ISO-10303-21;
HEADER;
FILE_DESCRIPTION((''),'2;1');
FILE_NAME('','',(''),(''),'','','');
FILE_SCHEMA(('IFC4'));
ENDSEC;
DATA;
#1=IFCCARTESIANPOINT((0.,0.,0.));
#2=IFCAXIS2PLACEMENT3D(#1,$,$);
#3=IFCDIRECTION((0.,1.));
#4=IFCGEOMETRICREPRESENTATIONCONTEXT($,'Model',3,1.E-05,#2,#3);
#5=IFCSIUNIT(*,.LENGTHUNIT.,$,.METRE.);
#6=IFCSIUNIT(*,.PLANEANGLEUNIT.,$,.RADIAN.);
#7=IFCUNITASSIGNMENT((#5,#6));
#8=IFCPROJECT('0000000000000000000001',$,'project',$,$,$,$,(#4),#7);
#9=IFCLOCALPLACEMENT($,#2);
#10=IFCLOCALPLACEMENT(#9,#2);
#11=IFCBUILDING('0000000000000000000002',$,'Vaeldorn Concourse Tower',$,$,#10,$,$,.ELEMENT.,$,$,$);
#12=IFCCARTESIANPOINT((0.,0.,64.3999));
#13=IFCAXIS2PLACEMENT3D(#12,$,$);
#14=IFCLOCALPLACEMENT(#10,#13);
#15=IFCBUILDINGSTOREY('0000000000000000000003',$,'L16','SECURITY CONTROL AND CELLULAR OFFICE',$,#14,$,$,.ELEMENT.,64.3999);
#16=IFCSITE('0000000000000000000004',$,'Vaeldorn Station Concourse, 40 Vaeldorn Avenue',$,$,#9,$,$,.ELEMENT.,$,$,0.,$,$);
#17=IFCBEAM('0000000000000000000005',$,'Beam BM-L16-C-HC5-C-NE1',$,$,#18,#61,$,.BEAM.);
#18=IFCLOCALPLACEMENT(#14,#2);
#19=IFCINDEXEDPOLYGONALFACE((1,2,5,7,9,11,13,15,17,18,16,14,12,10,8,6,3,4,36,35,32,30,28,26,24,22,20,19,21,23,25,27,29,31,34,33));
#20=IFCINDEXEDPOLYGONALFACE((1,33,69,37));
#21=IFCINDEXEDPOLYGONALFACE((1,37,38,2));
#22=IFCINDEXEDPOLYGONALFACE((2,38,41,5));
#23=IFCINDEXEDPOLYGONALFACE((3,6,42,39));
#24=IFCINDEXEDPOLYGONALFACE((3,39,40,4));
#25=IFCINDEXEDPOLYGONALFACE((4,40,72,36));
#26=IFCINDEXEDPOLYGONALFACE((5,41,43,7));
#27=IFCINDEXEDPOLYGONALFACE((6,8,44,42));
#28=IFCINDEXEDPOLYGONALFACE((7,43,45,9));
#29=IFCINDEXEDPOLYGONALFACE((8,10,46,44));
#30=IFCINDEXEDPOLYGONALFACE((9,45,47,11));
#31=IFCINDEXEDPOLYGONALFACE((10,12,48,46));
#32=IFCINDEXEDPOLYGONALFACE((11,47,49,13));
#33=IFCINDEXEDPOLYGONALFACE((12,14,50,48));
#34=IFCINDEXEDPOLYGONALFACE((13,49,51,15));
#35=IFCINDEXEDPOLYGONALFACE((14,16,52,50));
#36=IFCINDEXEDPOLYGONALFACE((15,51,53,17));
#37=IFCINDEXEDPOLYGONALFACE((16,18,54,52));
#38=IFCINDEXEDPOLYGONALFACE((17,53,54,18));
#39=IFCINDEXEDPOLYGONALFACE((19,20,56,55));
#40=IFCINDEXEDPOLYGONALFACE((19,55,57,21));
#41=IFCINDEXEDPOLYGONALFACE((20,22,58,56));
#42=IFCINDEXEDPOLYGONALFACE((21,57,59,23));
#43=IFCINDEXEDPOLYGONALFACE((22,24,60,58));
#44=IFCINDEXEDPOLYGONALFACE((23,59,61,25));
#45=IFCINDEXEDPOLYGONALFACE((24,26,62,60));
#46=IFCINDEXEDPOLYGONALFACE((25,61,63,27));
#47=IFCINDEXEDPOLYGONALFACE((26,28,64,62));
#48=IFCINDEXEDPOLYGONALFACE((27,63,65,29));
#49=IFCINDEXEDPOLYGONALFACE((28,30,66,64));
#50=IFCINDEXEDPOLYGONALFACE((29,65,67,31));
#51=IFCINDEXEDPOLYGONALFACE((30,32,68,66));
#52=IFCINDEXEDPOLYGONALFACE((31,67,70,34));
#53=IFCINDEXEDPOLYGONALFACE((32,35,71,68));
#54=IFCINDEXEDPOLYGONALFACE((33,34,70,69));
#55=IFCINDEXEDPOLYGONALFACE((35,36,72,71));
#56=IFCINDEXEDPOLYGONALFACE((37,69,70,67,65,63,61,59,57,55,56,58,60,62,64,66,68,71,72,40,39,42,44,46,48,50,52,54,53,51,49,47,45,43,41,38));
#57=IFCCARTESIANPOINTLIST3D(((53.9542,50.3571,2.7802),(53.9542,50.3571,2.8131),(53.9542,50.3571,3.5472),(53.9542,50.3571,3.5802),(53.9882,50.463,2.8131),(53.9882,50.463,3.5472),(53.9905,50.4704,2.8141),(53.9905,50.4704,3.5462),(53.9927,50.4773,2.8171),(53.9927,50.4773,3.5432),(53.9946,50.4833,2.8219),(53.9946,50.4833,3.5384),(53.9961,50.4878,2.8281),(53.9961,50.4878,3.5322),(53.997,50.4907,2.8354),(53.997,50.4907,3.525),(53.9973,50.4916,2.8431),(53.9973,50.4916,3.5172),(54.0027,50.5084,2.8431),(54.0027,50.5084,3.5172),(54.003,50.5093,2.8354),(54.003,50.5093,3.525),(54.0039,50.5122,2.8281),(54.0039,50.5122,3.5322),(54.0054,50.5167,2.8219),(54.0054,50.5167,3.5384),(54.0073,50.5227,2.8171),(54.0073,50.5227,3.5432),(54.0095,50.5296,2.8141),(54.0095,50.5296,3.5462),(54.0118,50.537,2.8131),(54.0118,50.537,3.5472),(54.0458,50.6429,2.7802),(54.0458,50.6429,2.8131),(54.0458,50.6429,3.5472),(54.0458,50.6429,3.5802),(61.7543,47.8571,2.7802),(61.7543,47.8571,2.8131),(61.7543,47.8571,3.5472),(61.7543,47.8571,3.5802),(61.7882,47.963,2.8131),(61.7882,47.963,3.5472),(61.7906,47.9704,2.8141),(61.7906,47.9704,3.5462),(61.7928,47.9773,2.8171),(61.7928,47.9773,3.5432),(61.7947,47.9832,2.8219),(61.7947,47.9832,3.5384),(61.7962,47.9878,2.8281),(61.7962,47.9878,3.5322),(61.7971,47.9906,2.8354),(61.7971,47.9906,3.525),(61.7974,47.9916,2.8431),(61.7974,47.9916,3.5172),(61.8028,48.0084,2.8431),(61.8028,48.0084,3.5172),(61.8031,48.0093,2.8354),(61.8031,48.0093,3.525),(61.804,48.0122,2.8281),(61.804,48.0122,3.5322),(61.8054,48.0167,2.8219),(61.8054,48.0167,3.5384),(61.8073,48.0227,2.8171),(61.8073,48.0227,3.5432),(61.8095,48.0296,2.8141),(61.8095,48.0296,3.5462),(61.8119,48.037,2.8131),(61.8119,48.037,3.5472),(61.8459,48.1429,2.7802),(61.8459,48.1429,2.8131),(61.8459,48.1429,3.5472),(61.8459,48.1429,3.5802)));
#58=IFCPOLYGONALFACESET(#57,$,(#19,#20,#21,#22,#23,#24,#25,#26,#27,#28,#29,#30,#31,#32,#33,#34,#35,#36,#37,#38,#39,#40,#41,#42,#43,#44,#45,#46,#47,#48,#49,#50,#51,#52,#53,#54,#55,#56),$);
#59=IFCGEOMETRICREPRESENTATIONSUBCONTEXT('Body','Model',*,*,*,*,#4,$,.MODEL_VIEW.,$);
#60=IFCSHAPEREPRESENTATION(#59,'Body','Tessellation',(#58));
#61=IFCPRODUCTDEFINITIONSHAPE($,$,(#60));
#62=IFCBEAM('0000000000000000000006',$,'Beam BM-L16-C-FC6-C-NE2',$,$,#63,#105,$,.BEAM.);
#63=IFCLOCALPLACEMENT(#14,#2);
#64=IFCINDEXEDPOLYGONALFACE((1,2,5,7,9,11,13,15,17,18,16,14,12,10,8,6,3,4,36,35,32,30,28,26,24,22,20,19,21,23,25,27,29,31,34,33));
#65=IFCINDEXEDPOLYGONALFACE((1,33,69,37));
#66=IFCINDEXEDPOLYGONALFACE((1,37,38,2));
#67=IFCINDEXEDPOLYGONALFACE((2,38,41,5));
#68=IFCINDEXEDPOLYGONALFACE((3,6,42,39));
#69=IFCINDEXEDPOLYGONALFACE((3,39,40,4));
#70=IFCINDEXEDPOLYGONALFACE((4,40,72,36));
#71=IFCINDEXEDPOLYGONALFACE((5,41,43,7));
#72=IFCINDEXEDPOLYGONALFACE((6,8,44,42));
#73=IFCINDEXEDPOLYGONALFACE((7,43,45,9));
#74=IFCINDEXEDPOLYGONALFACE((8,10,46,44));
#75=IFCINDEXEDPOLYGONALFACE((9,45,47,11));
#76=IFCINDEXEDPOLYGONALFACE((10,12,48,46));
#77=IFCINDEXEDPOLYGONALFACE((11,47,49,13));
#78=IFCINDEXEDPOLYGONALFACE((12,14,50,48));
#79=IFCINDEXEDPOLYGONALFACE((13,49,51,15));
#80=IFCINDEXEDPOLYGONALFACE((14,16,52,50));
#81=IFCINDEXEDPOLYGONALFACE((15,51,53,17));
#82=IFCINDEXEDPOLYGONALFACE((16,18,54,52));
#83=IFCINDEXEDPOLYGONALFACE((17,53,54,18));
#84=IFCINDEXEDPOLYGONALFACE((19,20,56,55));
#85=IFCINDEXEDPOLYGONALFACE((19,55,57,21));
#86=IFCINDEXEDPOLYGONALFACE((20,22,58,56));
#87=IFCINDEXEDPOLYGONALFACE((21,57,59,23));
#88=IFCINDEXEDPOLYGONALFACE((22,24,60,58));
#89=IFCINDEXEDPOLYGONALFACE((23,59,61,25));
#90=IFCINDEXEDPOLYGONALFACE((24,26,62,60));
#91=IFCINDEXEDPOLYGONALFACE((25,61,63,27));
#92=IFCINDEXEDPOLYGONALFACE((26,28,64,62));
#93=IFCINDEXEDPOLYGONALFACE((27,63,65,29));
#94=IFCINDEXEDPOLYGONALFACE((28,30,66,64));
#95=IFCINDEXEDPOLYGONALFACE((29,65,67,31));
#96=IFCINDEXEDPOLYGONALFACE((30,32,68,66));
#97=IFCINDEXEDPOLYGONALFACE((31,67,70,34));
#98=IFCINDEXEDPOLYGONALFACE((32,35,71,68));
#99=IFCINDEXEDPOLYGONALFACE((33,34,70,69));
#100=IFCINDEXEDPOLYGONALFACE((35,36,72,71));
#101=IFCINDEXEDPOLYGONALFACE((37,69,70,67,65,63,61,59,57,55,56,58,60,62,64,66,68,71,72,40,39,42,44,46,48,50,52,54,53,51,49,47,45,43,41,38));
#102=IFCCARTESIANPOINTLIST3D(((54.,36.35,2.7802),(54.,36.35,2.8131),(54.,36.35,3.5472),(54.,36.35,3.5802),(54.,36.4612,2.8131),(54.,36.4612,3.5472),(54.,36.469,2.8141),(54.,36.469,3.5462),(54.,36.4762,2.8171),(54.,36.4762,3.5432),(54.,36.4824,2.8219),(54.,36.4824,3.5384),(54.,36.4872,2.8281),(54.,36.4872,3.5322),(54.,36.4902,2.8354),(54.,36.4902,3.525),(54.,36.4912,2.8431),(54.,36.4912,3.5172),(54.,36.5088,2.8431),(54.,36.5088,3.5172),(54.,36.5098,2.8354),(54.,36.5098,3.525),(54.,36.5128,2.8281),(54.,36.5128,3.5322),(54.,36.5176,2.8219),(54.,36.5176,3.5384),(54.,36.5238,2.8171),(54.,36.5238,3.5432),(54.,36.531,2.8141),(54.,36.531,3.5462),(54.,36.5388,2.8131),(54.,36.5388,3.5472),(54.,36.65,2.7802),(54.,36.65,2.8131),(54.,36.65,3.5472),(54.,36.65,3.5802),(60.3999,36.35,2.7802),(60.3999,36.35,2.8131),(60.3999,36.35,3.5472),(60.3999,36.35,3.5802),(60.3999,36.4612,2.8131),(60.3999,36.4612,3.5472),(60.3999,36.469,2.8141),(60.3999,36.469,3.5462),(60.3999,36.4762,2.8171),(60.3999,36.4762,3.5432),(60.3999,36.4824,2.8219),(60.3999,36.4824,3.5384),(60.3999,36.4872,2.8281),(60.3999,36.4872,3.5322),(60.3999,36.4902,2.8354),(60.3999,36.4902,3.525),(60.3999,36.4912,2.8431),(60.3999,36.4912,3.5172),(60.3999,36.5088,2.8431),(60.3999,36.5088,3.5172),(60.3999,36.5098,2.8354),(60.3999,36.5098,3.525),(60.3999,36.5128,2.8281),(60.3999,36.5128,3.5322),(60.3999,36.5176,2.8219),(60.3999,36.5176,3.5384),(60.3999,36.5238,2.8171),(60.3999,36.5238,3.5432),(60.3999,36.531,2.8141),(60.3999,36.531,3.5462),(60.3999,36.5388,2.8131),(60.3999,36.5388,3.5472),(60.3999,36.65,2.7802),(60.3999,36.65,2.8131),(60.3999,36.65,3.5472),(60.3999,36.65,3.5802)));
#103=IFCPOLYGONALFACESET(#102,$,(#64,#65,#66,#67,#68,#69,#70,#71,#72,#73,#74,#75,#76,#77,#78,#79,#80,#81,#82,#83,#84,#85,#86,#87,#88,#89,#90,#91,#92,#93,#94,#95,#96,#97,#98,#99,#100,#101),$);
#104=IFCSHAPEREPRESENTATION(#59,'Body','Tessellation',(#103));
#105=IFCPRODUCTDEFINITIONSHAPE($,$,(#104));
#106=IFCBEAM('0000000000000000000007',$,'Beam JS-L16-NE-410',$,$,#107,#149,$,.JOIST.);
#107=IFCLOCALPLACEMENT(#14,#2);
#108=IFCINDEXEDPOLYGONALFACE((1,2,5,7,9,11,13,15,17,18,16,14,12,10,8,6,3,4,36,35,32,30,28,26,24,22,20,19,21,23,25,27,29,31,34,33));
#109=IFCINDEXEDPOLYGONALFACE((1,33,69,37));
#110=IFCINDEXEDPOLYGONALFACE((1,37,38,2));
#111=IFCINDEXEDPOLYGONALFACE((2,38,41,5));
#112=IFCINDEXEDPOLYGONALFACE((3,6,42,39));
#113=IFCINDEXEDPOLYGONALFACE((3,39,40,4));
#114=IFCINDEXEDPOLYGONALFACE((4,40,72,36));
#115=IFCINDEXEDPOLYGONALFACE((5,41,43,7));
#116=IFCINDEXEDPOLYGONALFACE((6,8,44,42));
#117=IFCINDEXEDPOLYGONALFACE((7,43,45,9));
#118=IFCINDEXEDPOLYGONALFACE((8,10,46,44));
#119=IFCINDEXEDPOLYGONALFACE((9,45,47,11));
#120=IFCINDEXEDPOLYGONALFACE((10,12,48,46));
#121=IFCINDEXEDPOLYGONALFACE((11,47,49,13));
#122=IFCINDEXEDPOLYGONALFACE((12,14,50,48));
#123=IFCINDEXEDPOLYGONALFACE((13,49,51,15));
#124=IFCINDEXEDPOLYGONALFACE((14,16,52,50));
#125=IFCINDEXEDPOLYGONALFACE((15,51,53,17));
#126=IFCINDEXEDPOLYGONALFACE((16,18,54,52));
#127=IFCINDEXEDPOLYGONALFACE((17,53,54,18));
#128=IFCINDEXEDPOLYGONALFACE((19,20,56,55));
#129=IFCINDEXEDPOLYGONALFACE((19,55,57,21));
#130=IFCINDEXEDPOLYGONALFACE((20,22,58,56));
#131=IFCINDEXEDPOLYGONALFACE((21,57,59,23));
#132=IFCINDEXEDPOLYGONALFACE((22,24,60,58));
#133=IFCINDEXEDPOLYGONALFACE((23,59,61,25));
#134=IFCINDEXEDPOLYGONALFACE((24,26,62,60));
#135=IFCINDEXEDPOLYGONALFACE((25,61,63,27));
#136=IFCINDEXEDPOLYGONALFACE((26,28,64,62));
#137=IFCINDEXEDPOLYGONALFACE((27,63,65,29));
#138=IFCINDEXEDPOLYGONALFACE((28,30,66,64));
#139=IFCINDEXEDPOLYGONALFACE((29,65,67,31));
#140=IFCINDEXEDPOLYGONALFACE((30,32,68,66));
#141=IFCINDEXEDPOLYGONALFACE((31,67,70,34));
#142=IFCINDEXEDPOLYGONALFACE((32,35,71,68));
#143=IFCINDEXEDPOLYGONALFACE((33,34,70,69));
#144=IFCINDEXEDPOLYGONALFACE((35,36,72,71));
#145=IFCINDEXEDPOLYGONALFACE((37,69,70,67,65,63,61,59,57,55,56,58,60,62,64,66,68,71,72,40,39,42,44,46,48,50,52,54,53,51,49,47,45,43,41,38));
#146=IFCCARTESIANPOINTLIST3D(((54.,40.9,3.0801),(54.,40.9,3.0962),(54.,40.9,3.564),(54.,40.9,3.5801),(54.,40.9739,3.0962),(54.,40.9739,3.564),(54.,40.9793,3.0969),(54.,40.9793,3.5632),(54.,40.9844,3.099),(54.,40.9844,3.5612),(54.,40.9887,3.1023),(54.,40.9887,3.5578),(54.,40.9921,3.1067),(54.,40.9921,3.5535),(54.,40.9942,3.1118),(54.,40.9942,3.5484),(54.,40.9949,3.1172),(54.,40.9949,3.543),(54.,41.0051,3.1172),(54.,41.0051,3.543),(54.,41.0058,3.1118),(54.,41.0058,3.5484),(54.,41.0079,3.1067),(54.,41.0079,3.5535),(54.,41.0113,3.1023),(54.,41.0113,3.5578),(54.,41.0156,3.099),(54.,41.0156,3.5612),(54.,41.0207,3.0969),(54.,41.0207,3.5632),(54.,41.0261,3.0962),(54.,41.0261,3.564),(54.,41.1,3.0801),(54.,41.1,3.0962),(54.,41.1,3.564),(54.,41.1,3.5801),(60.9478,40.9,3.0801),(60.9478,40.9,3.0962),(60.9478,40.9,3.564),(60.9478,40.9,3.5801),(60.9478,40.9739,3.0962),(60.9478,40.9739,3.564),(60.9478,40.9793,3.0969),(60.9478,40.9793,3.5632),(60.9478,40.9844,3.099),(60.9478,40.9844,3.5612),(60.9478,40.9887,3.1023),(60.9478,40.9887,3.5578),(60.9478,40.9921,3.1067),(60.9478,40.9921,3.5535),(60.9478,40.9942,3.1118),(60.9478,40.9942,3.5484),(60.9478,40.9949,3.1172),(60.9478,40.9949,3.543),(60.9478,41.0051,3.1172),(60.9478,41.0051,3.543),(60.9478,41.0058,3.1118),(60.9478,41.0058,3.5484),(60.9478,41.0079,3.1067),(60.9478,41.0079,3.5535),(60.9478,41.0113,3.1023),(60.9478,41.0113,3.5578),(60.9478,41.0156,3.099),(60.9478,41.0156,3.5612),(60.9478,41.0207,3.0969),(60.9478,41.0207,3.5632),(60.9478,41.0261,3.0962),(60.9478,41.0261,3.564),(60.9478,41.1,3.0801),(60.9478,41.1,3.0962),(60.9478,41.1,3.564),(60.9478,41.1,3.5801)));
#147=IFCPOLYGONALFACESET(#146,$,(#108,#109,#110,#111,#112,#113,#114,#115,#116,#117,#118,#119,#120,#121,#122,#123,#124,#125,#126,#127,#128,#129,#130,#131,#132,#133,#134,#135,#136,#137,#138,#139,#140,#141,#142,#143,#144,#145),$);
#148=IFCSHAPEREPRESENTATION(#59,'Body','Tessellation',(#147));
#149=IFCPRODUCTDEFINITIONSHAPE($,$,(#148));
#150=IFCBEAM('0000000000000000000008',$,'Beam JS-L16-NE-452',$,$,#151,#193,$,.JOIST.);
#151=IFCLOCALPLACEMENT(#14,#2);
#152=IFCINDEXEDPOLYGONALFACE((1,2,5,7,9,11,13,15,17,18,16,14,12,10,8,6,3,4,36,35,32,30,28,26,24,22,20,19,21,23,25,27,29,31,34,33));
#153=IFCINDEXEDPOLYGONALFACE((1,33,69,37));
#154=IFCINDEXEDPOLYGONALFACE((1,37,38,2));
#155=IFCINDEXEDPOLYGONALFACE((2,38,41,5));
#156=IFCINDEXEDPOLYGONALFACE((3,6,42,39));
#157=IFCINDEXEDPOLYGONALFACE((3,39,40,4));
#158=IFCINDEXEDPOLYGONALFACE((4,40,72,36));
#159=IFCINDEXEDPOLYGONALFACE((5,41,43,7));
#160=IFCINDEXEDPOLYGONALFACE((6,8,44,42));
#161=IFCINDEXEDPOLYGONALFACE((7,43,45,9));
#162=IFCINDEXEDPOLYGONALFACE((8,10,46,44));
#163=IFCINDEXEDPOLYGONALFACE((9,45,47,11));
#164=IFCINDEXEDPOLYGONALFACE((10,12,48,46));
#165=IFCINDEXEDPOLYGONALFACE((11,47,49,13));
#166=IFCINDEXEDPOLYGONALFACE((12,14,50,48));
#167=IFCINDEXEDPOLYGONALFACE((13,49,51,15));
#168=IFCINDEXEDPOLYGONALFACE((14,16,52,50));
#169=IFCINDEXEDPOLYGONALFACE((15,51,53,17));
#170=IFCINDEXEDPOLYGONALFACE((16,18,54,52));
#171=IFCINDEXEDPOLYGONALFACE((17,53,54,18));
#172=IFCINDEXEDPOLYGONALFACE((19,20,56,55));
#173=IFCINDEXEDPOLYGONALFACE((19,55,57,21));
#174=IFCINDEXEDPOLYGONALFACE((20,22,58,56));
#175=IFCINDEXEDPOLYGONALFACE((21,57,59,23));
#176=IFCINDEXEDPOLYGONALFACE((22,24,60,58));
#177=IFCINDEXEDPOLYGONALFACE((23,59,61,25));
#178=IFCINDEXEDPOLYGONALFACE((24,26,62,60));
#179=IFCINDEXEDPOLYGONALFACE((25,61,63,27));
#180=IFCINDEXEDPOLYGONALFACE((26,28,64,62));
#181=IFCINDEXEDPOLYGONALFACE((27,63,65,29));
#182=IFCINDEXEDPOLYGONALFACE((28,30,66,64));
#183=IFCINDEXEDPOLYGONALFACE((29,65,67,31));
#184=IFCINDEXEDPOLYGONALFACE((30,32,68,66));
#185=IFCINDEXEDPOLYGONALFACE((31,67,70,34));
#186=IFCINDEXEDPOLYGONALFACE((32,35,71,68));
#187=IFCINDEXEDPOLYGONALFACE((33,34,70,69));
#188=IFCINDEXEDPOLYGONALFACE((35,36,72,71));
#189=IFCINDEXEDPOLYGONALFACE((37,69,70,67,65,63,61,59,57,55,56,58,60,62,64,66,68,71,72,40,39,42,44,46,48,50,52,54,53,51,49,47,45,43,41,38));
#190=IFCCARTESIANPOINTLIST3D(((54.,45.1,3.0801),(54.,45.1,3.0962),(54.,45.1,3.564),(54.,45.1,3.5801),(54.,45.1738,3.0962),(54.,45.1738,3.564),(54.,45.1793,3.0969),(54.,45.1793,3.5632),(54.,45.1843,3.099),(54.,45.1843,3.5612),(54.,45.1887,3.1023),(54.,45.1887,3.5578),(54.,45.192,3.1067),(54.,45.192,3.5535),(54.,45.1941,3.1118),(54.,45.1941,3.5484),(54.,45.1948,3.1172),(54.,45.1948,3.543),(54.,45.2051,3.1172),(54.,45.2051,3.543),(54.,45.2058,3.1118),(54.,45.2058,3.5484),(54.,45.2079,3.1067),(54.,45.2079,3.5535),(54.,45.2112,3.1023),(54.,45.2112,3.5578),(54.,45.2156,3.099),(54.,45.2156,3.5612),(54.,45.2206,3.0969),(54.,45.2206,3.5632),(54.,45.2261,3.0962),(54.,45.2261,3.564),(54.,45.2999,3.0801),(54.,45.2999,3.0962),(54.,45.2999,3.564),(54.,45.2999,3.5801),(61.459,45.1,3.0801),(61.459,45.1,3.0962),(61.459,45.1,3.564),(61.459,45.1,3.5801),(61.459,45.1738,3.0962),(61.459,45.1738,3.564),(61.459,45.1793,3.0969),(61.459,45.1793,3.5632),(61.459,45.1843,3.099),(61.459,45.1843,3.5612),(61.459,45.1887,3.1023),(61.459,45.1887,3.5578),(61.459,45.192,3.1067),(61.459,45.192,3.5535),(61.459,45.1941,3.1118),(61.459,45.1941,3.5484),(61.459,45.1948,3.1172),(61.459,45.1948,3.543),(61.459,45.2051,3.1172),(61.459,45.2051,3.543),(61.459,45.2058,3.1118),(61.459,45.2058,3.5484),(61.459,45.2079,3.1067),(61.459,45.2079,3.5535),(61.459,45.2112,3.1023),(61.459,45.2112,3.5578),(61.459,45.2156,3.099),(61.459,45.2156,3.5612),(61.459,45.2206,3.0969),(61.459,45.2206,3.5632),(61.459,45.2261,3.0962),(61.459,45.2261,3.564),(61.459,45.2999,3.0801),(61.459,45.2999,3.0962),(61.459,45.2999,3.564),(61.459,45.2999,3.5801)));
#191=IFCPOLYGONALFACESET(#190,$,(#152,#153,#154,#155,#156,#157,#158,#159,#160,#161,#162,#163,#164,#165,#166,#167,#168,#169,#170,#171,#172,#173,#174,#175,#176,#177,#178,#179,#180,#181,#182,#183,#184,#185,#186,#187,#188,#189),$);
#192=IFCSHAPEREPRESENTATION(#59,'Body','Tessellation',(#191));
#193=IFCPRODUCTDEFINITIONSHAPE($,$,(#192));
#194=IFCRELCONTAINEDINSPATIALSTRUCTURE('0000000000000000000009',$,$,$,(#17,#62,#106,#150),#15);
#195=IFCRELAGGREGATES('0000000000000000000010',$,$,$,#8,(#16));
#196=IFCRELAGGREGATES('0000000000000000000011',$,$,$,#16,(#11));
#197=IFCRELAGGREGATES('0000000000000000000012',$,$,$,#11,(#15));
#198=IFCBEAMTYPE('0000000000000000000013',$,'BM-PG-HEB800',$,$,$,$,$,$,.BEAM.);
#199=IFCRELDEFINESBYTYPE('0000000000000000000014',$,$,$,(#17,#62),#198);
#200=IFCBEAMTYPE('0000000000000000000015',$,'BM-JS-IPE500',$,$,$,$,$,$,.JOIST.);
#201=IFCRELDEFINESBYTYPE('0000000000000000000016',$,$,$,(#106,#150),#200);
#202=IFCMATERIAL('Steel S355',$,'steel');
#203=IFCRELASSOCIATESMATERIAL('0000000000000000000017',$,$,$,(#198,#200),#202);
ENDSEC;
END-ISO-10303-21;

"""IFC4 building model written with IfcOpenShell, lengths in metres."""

from ifc_helpers import new_model, si_unit, direction, frame, origin, origin_2d, place, context, subcontext, project, spatial, i_section, extrude, source, transform, mapped, material, material_profile, profile_set, type_object, element, save


model = new_model("IFC4")

# Units and contexts
model_context = context("Model", 3, precision=1e-05, world=origin(), true_north=direction((0.0, 1.0)))
body_context = subcontext(model_context, "Body", "Model", "MODEL_VIEW")
ifc_project = project(units=[si_unit("LENGTHUNIT", "METRE"), si_unit("PLANEANGLEUNIT", "RADIAN")], contexts=[model_context])

# Site, building, storey
site_placement = place(None, origin())
site = spatial("IfcSite", under=ifc_project, at=site_placement, Name="Vaeldorn Station Concourse, 40 Vaeldorn Avenue", CompositionType="ELEMENT", RefElevation=0.0)
building_placement = place(site_placement, origin())
building = spatial("IfcBuilding", under=site, at=building_placement, Name="Vaeldorn Concourse Tower", CompositionType="ELEMENT")
storey_placement = place(building_placement, frame((0.0, 0.0, 64.3999)))
storey = spatial("IfcBuildingStorey", under=building, at=storey_placement, Name="L16", Description="SECURITY CONTROL AND CELLULAR OFFICE", CompositionType="ELEMENT", Elevation=64.3999)

# Beams
ifc_material_1 = material(Name="Steel S355", Category="steel")
ifc_material_profile_1 = material_profile(ifc_material_1, i_section(OverallWidth=0.3, OverallDepth=0.8, WebThickness=0.0176, FlangeThickness=0.033, FilletRadius=0.03, at=origin_2d()), Name="HEB 800")
ifc_profile_set_1 = profile_set([ifc_material_profile_1], Name="Steel S355")
beam_type_1 = type_object("IfcBeamType", Name="BM-PG-HEB800", PredefinedType="BEAM", material=ifc_profile_set_1)
shared_shape_1 = source(origin(), body_context, "Body", "SweptSolid", [
    extrude(i_section(OverallWidth=0.3, OverallDepth=0.8, WebThickness=0.0176, FlangeThickness=0.033, FilletRadius=0.03, at=origin_2d()), origin(), (0.0, 0.0, 1.0), 8.1909),
])
beam_1_placement = place(storey_placement, frame((54.0, 50.5, 3.1802), z_axis=(0.952283, -0.305217, 0.0), x_axis=(0.305217, 0.952283, 0.0)))
element("IfcBeam", 1, at=beam_1_placement, inside=storey, type_object=beam_type_1, Name="Beam BM-L16-C-HC5-C-NE1", PredefinedType="BEAM", context=body_context, shape_type="MappedRepresentation", body=[
    mapped(shared_shape_1, transform((0.0, 0.0, 0.0), scale=1.0)),
])
shared_shape_2 = source(origin(), body_context, "Body", "SweptSolid", [
    extrude(i_section(OverallWidth=0.3, OverallDepth=0.8, WebThickness=0.0176, FlangeThickness=0.033, FilletRadius=0.03, at=origin_2d()), origin(), (0.0, 0.0, 1.0), 6.3999),
])
beam_2_placement = place(storey_placement, frame((54.0, 36.5, 3.1802), z_axis=(1.0, 0.0, 0.0), x_axis=(0.0, 1.0, 0.0)))
element("IfcBeam", 2, at=beam_2_placement, inside=storey, type_object=beam_type_1, Name="Beam BM-L16-C-FC6-C-NE2", PredefinedType="BEAM", context=body_context, shape_type="MappedRepresentation", body=[
    mapped(shared_shape_2, transform((0.0, 0.0, 0.0), scale=1.0)),
])
ifc_material_profile_2 = material_profile(ifc_material_1, i_section(OverallWidth=0.2, OverallDepth=0.5, WebThickness=0.0103, FlangeThickness=0.0161, FilletRadius=0.021, at=origin_2d()), Name="IPE 500")
ifc_profile_set_2 = profile_set([ifc_material_profile_2], Name="Steel S355")
beam_type_2 = type_object("IfcBeamType", Name="BM-JS-IPE500", PredefinedType="JOIST", material=ifc_profile_set_2)
shared_shape_3 = source(origin(), body_context, "Body", "SweptSolid", [
    extrude(i_section(OverallWidth=0.2, OverallDepth=0.5, WebThickness=0.0103, FlangeThickness=0.0161, FilletRadius=0.021, at=origin_2d()), origin(), (0.0, 0.0, 1.0), 6.9478),
])
beam_3_placement = place(storey_placement, frame((54.0, 41.0, 3.3301), z_axis=(1.0, 0.0, 0.0), x_axis=(0.0, 1.0, 0.0)))
element("IfcBeam", 3, at=beam_3_placement, inside=storey, type_object=beam_type_2, Name="Beam JS-L16-NE-410", PredefinedType="JOIST", context=body_context, shape_type="MappedRepresentation", body=[
    mapped(shared_shape_3, transform((0.0, 0.0, 0.0), scale=1.0)),
])
shared_shape_4 = source(origin(), body_context, "Body", "SweptSolid", [
    extrude(i_section(OverallWidth=0.2, OverallDepth=0.5, WebThickness=0.0103, FlangeThickness=0.0161, FilletRadius=0.021, at=origin_2d()), origin(), (0.0, 0.0, 1.0), 7.459),
])
beam_4_placement = place(storey_placement, frame((54.0, 45.2, 3.3301), z_axis=(1.0, 0.0, 0.0), x_axis=(0.0, 1.0, 0.0)))
element("IfcBeam", 4, at=beam_4_placement, inside=storey, type_object=beam_type_2, Name="Beam JS-L16-NE-452", PredefinedType="JOIST", context=body_context, shape_type="MappedRepresentation", body=[
    mapped(shared_shape_4, transform((0.0, 0.0, 0.0), scale=1.0)),
])

save(model, "model.ifc")
